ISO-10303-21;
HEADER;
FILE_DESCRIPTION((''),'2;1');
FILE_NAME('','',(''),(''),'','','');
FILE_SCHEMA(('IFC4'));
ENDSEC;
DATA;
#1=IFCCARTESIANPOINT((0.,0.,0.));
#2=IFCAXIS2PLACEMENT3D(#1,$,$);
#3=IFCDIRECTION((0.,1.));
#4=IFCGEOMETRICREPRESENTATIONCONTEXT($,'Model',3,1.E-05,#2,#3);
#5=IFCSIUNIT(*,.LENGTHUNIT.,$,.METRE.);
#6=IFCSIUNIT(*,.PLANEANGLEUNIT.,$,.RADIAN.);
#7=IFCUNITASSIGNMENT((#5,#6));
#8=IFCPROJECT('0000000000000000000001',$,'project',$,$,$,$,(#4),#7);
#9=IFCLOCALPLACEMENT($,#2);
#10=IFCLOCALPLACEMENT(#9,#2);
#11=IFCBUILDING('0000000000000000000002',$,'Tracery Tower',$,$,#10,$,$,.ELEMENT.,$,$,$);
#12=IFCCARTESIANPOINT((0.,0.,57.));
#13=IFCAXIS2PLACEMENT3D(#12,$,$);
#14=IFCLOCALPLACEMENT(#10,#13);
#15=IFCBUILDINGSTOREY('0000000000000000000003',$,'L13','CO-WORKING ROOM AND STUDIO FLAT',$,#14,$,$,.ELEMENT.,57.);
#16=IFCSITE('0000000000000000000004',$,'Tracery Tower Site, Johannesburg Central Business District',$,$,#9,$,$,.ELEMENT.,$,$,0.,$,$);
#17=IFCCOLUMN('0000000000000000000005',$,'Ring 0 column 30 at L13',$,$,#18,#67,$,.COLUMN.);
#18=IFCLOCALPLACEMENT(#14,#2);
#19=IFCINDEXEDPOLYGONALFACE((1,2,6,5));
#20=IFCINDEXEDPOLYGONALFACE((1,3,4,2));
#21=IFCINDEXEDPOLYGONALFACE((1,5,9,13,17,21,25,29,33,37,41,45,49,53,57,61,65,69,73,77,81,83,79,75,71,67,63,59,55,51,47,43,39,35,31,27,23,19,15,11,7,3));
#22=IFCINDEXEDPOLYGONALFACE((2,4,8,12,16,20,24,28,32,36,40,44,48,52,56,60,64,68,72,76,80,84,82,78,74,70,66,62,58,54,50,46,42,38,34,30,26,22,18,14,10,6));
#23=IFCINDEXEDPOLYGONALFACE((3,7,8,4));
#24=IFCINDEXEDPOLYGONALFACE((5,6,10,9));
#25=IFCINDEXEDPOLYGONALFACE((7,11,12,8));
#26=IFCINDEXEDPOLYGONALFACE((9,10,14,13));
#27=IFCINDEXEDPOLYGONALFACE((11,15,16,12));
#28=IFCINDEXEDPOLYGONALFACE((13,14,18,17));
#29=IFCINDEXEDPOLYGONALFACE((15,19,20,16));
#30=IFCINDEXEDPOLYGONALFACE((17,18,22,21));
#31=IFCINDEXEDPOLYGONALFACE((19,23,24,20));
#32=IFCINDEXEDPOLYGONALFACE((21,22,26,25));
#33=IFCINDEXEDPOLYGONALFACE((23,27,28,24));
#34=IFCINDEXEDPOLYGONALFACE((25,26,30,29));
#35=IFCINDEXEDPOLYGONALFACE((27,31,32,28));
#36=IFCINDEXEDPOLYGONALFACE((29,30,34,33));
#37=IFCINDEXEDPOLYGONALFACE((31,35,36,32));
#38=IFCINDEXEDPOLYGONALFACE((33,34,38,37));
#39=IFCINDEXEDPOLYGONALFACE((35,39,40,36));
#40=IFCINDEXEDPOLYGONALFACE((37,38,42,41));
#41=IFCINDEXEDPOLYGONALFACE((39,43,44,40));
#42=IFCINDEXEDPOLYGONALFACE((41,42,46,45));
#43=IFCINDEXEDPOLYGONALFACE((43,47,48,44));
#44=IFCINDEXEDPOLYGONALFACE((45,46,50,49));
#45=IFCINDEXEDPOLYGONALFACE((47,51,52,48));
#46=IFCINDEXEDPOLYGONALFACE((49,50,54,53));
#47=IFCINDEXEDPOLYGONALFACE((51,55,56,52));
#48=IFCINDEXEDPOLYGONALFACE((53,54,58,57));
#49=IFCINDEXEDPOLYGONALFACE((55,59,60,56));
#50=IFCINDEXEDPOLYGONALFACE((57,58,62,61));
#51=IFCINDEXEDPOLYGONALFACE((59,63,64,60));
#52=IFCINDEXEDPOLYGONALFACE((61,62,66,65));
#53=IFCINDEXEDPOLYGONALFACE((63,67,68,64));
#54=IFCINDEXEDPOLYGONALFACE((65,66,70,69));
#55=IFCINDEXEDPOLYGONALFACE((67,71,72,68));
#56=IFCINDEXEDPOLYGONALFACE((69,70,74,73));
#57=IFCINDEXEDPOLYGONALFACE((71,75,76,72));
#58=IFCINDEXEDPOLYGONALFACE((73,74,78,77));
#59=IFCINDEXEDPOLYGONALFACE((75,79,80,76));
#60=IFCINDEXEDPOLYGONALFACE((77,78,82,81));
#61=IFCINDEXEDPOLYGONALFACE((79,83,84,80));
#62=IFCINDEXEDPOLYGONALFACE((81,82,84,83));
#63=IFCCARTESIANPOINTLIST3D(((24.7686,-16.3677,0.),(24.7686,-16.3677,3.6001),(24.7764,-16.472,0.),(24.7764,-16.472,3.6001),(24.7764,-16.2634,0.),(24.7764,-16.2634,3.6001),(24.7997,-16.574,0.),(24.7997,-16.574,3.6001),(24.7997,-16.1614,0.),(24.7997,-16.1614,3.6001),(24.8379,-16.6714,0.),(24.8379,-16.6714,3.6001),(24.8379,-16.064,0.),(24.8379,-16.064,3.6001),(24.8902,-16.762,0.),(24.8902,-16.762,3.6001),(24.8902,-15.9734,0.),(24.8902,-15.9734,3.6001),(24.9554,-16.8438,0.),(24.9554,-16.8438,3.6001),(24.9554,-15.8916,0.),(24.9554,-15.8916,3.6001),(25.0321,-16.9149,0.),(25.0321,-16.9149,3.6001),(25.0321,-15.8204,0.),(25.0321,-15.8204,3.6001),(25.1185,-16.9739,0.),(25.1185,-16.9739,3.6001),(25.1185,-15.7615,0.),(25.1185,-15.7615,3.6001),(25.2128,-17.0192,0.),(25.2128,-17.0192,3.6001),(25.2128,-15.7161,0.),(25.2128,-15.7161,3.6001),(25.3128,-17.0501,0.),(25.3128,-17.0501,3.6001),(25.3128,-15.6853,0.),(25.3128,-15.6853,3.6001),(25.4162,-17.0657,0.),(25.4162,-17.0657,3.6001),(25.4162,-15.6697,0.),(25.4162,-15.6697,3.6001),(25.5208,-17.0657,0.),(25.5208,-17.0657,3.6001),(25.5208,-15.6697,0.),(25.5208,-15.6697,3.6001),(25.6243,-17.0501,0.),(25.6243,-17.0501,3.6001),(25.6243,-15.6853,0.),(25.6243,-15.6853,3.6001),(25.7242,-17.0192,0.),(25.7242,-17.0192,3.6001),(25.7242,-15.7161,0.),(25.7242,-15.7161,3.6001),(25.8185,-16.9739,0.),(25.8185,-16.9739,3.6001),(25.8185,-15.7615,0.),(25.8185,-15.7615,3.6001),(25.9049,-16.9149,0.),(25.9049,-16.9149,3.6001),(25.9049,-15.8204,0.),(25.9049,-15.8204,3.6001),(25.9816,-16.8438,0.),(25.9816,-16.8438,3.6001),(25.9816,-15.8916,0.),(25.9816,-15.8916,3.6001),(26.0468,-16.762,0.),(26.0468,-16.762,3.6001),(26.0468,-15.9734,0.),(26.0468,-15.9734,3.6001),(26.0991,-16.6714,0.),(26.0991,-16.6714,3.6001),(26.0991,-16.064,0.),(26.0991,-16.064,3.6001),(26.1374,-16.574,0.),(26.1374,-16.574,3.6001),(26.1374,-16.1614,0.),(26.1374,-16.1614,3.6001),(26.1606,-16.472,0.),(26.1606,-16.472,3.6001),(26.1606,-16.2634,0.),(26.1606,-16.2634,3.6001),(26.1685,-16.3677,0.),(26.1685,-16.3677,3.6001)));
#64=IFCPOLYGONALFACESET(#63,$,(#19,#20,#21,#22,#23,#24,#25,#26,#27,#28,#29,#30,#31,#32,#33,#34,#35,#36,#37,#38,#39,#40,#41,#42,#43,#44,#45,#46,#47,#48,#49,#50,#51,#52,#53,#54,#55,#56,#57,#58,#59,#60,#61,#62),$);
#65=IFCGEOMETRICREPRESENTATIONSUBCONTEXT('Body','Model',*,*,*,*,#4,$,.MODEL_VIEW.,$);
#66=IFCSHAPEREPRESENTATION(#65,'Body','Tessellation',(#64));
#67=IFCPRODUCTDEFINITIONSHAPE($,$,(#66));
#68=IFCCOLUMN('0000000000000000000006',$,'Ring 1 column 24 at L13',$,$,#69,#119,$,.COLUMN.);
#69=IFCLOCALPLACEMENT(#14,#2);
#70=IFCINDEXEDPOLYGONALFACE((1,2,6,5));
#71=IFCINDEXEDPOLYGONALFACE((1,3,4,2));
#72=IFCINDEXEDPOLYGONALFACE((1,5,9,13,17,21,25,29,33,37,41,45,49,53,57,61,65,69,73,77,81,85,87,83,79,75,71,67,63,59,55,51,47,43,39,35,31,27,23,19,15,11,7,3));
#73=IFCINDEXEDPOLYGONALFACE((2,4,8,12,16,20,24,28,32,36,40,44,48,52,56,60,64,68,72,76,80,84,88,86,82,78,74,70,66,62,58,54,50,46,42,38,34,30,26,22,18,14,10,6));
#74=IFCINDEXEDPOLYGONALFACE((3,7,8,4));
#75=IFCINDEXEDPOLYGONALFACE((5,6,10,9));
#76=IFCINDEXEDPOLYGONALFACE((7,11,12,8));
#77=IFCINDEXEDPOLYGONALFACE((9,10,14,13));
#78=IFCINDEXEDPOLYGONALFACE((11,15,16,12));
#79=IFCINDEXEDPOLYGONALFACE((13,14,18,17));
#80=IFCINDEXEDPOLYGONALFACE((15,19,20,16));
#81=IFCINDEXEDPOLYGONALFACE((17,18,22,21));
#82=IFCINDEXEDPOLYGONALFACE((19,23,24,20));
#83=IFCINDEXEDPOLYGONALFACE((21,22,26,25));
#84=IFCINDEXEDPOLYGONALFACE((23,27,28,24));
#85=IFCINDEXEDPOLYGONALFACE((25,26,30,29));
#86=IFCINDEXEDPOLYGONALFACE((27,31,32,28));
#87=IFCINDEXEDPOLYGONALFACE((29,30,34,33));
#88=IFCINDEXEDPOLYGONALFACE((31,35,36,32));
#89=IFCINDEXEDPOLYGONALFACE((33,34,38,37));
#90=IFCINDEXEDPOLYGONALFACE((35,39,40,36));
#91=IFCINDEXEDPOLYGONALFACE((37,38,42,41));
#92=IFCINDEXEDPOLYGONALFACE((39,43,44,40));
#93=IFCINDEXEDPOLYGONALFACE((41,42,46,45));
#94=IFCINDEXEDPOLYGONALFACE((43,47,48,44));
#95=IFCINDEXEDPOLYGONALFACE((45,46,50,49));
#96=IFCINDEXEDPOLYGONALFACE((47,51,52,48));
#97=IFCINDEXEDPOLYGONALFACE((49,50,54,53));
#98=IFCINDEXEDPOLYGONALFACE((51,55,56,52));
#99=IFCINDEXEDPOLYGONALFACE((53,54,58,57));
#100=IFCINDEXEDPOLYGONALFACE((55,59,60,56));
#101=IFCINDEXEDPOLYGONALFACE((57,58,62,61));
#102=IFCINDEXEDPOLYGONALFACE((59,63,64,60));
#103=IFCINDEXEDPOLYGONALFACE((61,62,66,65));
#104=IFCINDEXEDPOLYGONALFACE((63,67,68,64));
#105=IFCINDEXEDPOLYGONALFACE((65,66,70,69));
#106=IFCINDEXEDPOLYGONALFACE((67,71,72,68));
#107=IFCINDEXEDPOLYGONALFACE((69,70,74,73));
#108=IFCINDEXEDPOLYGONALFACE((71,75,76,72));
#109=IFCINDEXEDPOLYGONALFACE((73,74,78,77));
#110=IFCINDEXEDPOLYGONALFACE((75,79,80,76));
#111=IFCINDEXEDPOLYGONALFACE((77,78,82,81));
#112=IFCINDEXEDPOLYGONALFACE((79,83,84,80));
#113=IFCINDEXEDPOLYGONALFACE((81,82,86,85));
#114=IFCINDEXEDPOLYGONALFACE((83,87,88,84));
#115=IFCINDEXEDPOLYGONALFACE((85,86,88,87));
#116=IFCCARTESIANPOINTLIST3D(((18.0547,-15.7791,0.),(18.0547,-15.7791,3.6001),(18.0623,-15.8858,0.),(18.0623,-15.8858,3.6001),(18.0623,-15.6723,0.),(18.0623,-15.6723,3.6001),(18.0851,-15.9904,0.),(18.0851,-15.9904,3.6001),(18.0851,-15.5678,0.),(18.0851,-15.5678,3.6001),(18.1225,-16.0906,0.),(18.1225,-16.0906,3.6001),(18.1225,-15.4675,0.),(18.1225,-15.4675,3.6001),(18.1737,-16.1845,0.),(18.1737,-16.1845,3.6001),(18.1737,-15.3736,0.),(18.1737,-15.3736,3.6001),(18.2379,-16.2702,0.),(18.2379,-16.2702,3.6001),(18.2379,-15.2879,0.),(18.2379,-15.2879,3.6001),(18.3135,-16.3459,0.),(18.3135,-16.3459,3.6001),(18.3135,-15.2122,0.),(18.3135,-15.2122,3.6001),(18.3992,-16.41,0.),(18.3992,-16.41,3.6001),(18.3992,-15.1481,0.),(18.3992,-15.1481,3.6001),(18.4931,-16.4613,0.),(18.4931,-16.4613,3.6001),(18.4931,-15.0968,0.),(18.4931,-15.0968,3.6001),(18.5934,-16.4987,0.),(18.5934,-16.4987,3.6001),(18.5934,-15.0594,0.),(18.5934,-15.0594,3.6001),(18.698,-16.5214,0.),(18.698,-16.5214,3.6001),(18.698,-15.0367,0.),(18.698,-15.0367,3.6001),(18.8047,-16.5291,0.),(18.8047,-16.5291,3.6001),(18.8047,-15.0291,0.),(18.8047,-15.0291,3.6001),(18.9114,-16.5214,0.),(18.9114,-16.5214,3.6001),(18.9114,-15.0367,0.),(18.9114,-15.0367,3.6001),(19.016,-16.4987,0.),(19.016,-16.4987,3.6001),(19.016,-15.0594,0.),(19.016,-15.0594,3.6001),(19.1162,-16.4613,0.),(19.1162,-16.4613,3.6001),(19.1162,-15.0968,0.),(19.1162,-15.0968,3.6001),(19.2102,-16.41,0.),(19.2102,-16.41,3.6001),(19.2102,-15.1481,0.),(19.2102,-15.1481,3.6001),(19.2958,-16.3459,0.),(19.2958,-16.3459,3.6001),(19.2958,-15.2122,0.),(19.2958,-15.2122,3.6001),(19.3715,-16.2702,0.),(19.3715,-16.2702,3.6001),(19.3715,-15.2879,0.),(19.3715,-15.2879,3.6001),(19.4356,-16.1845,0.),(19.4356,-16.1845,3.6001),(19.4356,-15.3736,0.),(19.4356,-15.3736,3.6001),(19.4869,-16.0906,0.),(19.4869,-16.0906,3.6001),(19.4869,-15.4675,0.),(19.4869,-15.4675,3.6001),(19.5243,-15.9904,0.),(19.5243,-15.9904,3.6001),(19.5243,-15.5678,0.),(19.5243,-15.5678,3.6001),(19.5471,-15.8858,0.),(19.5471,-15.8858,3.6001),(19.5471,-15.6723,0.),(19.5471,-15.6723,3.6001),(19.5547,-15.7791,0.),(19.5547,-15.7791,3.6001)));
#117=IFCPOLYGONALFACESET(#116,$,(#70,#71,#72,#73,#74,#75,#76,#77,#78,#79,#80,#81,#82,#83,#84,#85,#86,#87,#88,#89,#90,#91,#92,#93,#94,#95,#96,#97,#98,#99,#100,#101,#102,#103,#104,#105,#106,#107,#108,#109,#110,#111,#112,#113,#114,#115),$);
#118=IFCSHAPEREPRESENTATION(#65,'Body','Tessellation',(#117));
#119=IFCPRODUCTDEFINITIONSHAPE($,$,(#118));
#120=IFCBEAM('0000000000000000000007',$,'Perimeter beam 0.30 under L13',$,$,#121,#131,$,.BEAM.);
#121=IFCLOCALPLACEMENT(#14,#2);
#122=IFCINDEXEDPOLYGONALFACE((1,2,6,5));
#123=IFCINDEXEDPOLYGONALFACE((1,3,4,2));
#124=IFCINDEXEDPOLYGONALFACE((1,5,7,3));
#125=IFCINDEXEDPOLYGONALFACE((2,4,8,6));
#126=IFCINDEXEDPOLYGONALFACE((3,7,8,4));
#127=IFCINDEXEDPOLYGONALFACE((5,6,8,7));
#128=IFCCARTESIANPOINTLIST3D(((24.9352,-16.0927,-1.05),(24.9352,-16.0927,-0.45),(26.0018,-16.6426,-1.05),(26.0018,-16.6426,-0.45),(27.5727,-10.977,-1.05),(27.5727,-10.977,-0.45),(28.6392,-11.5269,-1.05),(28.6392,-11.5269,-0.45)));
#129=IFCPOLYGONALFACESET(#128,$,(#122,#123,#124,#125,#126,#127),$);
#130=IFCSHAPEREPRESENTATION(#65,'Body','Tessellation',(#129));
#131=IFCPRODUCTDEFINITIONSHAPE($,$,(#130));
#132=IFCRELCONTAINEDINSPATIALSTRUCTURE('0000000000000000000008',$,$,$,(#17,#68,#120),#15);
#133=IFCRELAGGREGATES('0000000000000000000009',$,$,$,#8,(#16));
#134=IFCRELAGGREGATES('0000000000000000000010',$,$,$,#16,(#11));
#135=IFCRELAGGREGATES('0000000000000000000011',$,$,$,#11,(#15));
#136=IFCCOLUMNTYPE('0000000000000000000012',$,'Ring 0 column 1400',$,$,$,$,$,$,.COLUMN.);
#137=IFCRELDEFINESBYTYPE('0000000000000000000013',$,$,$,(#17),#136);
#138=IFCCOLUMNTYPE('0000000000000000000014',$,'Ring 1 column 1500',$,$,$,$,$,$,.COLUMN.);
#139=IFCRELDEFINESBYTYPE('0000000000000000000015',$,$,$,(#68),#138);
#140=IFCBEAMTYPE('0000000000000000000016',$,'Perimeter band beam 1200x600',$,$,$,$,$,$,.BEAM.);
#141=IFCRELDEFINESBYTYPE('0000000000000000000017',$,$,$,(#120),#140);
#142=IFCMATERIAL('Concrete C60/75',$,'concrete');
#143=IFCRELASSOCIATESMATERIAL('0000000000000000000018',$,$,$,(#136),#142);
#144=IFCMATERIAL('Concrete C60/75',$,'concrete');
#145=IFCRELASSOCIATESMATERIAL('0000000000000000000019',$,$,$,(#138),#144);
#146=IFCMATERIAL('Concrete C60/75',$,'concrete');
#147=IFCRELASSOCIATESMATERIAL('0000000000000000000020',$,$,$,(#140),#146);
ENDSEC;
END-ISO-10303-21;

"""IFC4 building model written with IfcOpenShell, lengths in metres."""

from ifc_helpers import new_model, si_unit, direction, frame, origin, origin_2d, place, context, subcontext, project, spatial, rectangle, circle, extrude, material, material_profile, profile_set, type_object, element, save


model = new_model("IFC4")

# Units and contexts
model_context = context("Model", 3, precision=1e-05, world=origin(), true_north=direction((0.0, 1.0)))
body_context = subcontext(model_context, "Body", "Model", "MODEL_VIEW")
ifc_project = project(units=[si_unit("LENGTHUNIT", "METRE"), si_unit("PLANEANGLEUNIT", "RADIAN")], contexts=[model_context])

# Site, building, storey
site_placement = place(None, origin())
site = spatial("IfcSite", under=ifc_project, at=site_placement, Name="Tracery Tower Site, Johannesburg Central Business District", CompositionType="ELEMENT", RefElevation=0.0)
building_placement = place(site_placement, origin())
building = spatial("IfcBuilding", under=site, at=building_placement, Name="Tracery Tower", CompositionType="ELEMENT")
storey_placement = place(building_placement, frame((0.0, 0.0, 57.0)))
storey = spatial("IfcBuildingStorey", under=building, at=storey_placement, Name="L13", Description="CO-WORKING ROOM AND STUDIO FLAT", CompositionType="ELEMENT", Elevation=57.0)

# Columns
ifc_material_1 = material(Name="Concrete C60/75", Category="concrete")
ifc_material_profile_1 = material_profile(ifc_material_1, circle(Radius=0.7, at=origin_2d()), Name="RC D1400")
ifc_profile_set_1 = profile_set([ifc_material_profile_1], Name="Concrete C60/75")
column_type_1 = type_object("IfcColumnType", Name="Ring 0 column 1400", PredefinedType="COLUMN", material=ifc_profile_set_1)
column_1_placement = place(storey_placement, frame((25.4685, -16.3677, 0.0), z_axis=(0.0, 0.0, 1.0), x_axis=(1.0, 0.0, 0.0)))
element("IfcColumn", 1, at=column_1_placement, inside=storey, type_object=column_type_1, Name="Ring 0 column 30 at L13", PredefinedType="COLUMN", context=body_context, shape_type="SweptSolid", body=[
    extrude(circle(Radius=0.7, at=origin_2d()), origin(), (0.0, 0.0, 1.0), 3.6001),
])
ifc_material_2 = material(Name="Concrete C60/75", Category="concrete")
ifc_material_profile_2 = material_profile(ifc_material_2, circle(Radius=0.75, at=origin_2d()), Name="RC D1500")
ifc_profile_set_2 = profile_set([ifc_material_profile_2], Name="Concrete C60/75")
column_type_2 = type_object("IfcColumnType", Name="Ring 1 column 1500", PredefinedType="COLUMN", material=ifc_profile_set_2)
column_2_placement = place(storey_placement, frame((18.8047, -15.7791, 0.0), z_axis=(0.0, 0.0, 1.0), x_axis=(1.0, 0.0, 0.0)))
element("IfcColumn", 2, at=column_2_placement, inside=storey, type_object=column_type_2, Name="Ring 1 column 24 at L13", PredefinedType="COLUMN", context=body_context, shape_type="SweptSolid", body=[
    extrude(circle(Radius=0.75, at=origin_2d()), origin(), (0.0, 0.0, 1.0), 3.6001),
])

# Beam
ifc_material_3 = material(Name="Concrete C60/75", Category="concrete")
ifc_material_profile_3 = material_profile(ifc_material_3, rectangle(XDim=1.2, YDim=0.6001, at=origin_2d()), Name="RC 1200x600")
ifc_profile_set_3 = profile_set([ifc_material_profile_3], Name="Concrete C60/75")
beam_type = type_object("IfcBeamType", Name="Perimeter band beam 1200x600", PredefinedType="BEAM", material=ifc_profile_set_3)
beam_placement = place(storey_placement, frame((25.4685, -16.3677, -0.75), z_axis=(0.458242, 0.888827, 0.0), x_axis=(-0.888827, 0.458242, 0.0)))
element("IfcBeam", 3, at=beam_placement, inside=storey, type_object=beam_type, Name="Perimeter beam 0.30 under L13", PredefinedType="BEAM", context=body_context, shape_type="SweptSolid", body=[
    extrude(rectangle(XDim=1.2, YDim=0.6001, at=origin_2d()), origin(), (0.0, 0.0, 1.0), 5.7556),
])

save(model, "model.ifc")
